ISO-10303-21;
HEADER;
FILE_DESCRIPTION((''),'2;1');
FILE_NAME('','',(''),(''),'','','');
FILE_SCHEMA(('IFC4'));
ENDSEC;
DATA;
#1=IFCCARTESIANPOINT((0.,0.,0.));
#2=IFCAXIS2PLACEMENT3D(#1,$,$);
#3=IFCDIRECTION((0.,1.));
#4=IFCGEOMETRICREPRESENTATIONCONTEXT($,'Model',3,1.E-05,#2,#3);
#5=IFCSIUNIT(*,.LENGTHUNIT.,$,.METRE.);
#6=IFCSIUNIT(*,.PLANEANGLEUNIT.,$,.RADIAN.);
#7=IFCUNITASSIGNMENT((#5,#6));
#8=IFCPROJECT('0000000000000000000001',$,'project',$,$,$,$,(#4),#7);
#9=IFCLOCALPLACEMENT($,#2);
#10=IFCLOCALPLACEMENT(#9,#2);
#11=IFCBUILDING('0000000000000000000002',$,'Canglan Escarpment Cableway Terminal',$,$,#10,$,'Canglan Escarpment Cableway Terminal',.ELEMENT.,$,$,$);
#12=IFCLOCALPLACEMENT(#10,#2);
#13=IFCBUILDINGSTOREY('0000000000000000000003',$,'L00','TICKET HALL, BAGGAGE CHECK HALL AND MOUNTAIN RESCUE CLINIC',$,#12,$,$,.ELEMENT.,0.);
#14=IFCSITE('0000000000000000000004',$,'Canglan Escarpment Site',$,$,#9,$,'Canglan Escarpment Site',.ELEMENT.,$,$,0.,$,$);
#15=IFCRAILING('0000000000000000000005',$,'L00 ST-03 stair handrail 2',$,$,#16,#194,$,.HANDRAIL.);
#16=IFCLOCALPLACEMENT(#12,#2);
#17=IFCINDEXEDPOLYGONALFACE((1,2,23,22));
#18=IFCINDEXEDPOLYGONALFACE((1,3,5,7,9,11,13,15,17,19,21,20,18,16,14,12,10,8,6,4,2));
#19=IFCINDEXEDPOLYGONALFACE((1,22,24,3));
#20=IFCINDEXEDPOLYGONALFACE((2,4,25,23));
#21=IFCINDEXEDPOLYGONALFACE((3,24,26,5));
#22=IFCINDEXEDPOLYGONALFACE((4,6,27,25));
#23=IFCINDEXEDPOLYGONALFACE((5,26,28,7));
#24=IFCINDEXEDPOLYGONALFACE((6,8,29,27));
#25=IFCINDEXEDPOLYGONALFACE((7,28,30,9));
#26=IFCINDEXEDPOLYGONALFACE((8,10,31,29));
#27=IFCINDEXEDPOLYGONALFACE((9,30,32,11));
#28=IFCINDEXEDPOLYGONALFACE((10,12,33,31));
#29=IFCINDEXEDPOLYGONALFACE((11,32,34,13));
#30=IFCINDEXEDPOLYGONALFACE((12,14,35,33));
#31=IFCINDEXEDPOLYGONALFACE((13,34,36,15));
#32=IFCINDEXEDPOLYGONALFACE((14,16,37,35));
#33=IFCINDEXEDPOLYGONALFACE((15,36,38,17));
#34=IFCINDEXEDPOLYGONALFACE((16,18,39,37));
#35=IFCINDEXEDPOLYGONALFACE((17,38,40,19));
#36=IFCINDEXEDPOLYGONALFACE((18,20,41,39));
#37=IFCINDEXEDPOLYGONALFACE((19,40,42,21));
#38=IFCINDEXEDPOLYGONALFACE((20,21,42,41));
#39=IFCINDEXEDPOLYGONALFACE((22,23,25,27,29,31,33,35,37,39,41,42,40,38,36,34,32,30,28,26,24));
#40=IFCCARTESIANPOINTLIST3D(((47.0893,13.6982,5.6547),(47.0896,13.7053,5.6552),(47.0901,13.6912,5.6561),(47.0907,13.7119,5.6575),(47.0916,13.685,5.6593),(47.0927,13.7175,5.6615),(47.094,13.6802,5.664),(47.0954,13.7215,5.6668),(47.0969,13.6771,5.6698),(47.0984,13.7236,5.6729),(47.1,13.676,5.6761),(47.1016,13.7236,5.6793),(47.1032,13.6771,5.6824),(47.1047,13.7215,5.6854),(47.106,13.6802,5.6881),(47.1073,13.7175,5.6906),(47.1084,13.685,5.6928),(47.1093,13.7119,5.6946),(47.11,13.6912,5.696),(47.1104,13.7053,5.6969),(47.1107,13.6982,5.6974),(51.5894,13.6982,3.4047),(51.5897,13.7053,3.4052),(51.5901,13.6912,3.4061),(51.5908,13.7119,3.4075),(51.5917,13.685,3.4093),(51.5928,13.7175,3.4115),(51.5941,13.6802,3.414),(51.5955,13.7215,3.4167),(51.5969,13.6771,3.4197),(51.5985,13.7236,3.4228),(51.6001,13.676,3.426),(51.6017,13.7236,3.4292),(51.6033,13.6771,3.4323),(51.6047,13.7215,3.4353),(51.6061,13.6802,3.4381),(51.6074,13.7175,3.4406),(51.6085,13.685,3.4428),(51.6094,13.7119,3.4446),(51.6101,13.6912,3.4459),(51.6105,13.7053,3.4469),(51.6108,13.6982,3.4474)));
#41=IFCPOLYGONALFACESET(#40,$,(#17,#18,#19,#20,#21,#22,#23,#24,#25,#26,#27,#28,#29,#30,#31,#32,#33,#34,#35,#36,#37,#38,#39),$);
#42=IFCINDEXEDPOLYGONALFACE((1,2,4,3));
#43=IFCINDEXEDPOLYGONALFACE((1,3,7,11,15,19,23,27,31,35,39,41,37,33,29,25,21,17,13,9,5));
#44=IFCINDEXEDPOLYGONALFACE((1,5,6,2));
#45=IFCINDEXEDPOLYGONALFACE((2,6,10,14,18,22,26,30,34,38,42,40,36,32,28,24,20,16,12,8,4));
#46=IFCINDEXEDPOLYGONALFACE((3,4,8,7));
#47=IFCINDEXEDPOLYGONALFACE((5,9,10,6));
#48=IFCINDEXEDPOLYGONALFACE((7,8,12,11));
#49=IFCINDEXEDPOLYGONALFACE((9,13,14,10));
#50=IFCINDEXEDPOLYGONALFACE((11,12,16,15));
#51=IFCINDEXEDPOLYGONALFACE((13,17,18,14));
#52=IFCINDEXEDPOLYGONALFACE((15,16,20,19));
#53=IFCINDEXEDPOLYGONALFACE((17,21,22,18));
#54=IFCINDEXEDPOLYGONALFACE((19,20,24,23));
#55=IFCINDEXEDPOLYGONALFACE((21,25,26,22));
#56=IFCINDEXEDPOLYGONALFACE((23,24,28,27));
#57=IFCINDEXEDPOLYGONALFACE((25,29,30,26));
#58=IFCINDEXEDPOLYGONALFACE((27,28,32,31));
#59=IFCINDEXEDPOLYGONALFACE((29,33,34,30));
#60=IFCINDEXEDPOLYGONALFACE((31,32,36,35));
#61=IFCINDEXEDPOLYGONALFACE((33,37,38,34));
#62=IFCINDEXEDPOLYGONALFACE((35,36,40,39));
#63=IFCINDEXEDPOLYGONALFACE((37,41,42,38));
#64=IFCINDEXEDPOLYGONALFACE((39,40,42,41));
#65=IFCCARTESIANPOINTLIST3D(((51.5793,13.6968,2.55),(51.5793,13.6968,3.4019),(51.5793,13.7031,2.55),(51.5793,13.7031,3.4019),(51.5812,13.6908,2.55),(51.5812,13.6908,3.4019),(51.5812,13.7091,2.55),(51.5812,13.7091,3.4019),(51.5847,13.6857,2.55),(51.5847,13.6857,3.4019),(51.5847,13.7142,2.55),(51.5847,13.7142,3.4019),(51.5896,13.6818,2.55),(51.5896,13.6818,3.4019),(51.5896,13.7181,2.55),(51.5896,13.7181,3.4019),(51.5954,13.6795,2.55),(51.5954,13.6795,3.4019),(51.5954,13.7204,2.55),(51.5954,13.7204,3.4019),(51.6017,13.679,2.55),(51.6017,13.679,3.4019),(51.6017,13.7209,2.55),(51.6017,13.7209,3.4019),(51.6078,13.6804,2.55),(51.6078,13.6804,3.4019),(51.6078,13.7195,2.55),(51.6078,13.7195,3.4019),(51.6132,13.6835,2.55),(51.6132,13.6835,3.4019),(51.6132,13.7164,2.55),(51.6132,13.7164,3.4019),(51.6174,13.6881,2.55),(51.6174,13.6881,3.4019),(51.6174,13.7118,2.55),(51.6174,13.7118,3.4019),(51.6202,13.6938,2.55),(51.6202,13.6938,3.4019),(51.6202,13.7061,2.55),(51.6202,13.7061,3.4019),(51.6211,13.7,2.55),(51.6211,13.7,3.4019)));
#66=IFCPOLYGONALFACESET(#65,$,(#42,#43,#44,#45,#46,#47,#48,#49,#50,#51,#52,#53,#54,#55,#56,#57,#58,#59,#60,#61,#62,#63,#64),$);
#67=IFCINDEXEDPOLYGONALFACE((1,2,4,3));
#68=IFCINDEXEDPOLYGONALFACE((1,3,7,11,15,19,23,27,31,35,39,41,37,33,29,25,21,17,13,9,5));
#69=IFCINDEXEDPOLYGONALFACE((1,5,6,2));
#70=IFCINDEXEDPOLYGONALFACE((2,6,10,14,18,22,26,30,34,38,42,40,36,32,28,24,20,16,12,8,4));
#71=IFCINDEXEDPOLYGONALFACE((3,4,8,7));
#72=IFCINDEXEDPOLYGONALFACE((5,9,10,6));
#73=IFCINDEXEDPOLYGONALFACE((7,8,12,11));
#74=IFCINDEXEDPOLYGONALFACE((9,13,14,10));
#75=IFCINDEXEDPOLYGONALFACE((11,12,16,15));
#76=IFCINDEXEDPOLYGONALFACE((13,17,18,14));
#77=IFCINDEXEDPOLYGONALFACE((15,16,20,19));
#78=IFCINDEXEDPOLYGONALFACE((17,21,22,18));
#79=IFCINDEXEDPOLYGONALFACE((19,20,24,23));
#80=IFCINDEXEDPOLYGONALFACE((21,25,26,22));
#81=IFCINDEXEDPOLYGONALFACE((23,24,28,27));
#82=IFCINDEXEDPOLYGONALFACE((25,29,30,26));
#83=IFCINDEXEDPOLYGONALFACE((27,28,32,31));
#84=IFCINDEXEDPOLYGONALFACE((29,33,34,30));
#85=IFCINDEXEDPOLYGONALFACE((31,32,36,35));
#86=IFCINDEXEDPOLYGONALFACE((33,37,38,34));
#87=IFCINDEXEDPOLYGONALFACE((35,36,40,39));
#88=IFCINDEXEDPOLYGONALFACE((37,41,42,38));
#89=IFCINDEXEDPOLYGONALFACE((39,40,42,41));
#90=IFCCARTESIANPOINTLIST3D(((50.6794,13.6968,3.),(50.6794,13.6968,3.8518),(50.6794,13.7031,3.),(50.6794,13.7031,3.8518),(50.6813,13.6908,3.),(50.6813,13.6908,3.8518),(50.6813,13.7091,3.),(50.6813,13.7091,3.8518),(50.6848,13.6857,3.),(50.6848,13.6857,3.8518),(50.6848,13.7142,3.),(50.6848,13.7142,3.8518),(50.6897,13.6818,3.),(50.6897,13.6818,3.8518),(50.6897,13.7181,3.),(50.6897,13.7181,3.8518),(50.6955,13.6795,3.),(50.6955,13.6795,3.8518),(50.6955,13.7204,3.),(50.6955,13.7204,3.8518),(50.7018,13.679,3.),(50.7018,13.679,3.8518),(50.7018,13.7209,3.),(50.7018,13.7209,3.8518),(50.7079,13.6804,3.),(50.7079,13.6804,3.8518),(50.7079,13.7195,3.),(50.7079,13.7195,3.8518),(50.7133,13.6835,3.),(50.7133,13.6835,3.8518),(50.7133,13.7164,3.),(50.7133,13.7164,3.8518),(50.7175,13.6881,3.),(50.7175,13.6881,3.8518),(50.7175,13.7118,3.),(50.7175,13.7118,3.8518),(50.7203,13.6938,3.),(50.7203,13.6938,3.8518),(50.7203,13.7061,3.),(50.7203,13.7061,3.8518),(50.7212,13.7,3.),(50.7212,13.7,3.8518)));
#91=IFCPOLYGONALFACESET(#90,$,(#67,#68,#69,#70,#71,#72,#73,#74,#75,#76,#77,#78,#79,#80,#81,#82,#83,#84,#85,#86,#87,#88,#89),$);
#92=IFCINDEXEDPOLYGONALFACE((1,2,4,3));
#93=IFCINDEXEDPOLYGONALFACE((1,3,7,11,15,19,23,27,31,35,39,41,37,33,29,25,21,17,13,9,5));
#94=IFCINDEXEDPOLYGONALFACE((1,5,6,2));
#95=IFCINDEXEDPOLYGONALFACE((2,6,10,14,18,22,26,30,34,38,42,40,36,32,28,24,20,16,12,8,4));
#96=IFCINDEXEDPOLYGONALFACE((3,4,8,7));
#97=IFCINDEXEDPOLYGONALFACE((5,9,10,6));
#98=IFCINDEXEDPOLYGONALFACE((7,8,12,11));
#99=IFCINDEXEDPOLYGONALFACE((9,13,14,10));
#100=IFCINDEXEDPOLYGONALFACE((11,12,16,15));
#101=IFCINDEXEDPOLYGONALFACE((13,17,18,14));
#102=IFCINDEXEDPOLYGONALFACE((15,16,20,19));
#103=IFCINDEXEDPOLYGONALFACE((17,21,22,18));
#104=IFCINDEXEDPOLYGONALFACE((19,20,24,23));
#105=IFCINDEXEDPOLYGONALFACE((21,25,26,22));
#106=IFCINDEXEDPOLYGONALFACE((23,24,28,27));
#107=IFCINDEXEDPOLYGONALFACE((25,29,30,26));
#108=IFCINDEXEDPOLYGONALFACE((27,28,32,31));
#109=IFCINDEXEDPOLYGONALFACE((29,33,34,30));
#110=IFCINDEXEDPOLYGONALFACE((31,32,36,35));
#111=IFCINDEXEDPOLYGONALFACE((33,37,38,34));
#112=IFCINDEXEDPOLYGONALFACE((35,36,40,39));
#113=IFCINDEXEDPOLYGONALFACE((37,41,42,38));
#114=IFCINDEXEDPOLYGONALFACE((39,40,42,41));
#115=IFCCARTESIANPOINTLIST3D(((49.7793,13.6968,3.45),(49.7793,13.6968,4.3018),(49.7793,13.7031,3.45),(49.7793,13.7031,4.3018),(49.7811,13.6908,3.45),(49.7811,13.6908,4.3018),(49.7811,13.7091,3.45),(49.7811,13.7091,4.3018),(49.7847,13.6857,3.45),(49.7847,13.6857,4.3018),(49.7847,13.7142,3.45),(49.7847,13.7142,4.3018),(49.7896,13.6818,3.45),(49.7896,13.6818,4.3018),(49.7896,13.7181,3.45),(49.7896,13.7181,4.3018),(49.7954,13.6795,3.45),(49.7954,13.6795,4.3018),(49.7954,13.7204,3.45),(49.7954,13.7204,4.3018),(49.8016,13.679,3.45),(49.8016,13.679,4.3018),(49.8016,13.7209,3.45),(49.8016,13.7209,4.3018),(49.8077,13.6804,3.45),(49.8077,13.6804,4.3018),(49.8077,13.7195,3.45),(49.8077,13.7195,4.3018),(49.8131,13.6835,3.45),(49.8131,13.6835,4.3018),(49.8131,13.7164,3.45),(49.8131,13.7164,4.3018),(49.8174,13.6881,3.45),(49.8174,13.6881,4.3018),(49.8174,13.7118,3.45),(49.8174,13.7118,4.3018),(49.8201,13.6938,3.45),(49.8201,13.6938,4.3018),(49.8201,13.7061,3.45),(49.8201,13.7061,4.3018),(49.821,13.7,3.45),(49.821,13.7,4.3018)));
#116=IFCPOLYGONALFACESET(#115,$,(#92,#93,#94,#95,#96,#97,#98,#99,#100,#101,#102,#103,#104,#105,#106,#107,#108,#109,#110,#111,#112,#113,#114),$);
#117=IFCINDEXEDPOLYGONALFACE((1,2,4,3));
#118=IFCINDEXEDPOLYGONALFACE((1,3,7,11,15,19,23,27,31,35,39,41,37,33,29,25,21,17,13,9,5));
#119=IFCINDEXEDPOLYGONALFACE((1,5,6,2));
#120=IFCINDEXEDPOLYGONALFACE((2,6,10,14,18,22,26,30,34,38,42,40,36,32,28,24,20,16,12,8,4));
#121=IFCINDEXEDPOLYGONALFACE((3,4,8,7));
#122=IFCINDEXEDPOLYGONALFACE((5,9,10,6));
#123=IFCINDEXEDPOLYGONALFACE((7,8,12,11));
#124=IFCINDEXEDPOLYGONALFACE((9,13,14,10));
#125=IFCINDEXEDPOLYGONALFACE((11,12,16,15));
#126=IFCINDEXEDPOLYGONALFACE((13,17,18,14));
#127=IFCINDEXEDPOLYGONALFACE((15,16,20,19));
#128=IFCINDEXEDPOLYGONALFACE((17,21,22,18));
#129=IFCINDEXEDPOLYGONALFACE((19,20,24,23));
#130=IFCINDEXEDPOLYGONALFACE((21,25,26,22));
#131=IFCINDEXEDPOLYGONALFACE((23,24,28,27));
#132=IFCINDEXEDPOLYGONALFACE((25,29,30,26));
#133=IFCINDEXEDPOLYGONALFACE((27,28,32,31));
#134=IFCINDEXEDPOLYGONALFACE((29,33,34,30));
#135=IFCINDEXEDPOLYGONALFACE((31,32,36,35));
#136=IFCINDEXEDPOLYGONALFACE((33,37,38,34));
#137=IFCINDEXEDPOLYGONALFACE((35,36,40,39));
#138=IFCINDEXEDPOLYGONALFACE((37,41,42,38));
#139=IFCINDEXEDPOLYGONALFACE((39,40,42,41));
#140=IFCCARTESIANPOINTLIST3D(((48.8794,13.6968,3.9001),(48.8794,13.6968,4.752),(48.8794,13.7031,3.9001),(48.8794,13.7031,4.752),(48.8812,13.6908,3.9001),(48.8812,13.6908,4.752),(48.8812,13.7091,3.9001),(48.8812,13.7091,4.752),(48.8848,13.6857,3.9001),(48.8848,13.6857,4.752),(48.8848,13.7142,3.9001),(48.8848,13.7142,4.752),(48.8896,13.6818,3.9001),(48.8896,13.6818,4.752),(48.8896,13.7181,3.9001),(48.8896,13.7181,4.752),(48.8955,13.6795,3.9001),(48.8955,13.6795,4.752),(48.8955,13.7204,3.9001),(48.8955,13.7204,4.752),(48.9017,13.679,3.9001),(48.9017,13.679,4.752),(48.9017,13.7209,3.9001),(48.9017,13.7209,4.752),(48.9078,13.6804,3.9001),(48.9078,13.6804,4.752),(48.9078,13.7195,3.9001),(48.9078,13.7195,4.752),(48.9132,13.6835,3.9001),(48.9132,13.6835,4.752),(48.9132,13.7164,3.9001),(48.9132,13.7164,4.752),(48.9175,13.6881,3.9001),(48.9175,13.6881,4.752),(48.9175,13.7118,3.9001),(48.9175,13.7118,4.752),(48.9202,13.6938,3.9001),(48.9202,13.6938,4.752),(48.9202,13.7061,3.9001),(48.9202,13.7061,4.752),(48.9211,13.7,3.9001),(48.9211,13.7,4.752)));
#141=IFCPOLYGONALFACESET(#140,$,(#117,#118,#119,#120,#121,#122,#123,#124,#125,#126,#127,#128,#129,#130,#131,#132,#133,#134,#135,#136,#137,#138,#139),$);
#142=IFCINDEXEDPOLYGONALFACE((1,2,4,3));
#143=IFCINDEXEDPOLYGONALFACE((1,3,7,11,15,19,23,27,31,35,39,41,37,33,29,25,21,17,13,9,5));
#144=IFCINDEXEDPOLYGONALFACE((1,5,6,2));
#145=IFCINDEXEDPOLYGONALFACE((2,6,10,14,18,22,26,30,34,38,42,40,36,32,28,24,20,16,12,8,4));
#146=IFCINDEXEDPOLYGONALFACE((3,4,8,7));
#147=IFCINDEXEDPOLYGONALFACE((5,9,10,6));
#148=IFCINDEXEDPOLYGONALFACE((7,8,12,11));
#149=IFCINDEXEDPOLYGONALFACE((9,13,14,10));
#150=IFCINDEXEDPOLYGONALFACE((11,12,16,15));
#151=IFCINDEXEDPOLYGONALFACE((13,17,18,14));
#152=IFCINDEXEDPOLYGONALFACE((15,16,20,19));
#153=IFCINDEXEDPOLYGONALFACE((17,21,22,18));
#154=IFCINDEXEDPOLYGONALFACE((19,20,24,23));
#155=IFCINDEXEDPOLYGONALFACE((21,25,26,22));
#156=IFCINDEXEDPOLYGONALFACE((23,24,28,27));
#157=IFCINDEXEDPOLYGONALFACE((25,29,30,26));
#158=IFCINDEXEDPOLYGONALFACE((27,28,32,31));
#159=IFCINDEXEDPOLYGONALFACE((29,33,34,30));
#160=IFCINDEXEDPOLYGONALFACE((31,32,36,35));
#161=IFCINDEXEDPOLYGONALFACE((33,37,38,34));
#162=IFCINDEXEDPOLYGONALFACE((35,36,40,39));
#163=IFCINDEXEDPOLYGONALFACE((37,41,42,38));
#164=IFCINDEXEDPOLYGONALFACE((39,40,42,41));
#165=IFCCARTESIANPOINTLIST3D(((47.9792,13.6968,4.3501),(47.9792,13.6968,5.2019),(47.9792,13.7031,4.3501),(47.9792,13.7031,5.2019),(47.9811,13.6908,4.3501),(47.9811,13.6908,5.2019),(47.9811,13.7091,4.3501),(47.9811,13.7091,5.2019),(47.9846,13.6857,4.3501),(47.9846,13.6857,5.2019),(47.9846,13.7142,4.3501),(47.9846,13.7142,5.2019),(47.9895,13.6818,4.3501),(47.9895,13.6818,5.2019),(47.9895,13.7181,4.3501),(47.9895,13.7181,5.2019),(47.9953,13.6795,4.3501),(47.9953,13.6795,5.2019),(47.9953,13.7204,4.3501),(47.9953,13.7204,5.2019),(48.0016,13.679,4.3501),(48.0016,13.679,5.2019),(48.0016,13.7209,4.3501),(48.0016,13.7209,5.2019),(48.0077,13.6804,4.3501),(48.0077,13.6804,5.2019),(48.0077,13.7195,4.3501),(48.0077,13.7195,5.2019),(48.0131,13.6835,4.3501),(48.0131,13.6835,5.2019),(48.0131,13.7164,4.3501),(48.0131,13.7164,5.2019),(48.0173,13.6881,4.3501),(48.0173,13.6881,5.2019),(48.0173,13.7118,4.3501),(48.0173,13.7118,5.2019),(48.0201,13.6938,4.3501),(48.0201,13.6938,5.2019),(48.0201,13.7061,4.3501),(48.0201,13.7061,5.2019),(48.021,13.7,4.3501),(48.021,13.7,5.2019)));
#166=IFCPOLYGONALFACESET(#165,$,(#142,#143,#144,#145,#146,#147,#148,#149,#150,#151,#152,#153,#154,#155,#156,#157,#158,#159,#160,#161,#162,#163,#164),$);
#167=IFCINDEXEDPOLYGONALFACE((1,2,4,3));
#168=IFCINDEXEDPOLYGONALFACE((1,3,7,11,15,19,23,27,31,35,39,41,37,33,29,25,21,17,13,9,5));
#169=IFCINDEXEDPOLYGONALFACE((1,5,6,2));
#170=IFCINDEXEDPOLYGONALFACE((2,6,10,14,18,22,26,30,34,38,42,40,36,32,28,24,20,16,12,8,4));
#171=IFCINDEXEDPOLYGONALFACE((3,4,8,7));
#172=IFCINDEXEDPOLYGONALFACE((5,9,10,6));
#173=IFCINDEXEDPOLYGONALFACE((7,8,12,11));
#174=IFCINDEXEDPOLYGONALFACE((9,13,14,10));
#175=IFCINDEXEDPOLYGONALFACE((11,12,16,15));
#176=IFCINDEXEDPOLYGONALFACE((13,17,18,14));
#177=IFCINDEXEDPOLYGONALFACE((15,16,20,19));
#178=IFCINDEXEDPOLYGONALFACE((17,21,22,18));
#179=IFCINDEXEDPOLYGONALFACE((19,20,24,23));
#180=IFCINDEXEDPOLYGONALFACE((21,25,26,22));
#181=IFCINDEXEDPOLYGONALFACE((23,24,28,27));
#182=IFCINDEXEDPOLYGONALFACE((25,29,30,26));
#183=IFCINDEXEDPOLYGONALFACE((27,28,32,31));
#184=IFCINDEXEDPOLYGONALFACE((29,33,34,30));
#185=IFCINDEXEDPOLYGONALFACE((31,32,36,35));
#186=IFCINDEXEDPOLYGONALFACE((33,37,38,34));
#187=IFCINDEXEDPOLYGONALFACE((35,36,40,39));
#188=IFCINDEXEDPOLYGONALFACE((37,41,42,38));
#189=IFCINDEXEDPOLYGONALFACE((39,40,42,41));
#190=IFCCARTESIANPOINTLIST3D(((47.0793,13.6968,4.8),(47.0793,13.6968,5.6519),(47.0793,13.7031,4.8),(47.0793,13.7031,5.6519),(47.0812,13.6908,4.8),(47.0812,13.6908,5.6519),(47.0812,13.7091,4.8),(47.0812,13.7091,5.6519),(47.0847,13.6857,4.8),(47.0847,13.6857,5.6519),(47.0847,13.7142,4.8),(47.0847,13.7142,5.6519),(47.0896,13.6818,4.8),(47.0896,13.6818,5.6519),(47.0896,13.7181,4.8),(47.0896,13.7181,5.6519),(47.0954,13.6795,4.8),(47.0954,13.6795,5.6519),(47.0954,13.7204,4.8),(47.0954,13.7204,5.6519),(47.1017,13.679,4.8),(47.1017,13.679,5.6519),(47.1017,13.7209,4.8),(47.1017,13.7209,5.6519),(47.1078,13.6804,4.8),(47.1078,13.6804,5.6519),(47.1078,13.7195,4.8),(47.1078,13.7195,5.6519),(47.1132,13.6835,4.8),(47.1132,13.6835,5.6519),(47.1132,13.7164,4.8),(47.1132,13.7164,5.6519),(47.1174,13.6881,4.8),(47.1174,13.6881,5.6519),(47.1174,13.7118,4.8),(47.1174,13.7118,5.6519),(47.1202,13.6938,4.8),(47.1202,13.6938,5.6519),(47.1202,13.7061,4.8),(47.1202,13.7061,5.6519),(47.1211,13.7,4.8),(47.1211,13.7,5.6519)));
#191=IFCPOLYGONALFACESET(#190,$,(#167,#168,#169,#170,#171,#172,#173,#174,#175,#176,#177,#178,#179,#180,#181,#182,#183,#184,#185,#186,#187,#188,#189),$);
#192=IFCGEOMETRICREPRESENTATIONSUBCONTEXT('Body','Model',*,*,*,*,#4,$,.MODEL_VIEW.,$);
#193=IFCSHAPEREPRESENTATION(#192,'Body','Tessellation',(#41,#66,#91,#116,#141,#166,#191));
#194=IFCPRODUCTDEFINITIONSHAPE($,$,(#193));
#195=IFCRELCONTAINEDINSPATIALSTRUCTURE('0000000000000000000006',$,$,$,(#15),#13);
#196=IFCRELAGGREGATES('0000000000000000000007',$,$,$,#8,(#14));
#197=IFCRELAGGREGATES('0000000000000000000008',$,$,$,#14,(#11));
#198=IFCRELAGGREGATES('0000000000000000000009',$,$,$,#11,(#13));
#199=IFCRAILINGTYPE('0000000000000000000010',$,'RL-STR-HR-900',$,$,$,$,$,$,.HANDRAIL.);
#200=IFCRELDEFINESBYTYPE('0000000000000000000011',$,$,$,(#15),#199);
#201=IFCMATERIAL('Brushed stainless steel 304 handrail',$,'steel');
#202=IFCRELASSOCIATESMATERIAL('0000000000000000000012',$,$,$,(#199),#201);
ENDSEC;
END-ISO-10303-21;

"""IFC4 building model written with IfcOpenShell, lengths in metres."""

from ifc_helpers import new_model, si_unit, direction, frame, origin, origin_2d, place, context, subcontext, project, spatial, circle, extrude, material, type_object, element, save


model = new_model("IFC4")

# Units and contexts
model_context = context("Model", 3, precision=1e-05, world=origin(), true_north=direction((0.0, 1.0)))
body_context = subcontext(model_context, "Body", "Model", "MODEL_VIEW")
ifc_project = project(units=[si_unit("LENGTHUNIT", "METRE"), si_unit("PLANEANGLEUNIT", "RADIAN")], contexts=[model_context])

# Site, building, storey
site_placement = place(None, origin())
site = spatial("IfcSite", under=ifc_project, at=site_placement, Name="Canglan Escarpment Site", LongName="Canglan Escarpment Site", CompositionType="ELEMENT", RefElevation=0.0)
building_placement = place(site_placement, origin())
building = spatial("IfcBuilding", under=site, at=building_placement, Name="Canglan Escarpment Cableway Terminal", LongName="Canglan Escarpment Cableway Terminal", CompositionType="ELEMENT")
storey_placement = place(building_placement, origin())
storey = spatial("IfcBuildingStorey", under=building, at=storey_placement, Name="L00", Description="TICKET HALL, BAGGAGE CHECK HALL AND MOUNTAIN RESCUE CLINIC", CompositionType="ELEMENT", Elevation=0.0)

# Railing
ifc_material_1 = material(Name="Brushed stainless steel 304 handrail", Category="steel")
railing_type_1 = type_object("IfcRailingType", Name="RL-STR-HR-900", PredefinedType="HANDRAIL", material=ifc_material_1)
railing_1_placement = place(storey_placement, frame((51.6001, 13.7, 2.55)))
element("IfcRailing", 1, at=railing_1_placement, inside=storey, type_object=railing_type_1, Name="L00 ST-03 stair handrail 2", PredefinedType="HANDRAIL", context=body_context, shape_type="SweptSolid", body=[
    extrude(circle(Radius=0.0239, at=origin_2d()), frame((0.0, 0.0, 0.876), z_axis=(-0.894427, 0.0, 0.447214), x_axis=(0.0, -1.0, 0.0)), (0.0, 0.0, 1.0), 5.0312),
    extrude(circle(Radius=0.021, at=origin_2d()), origin(), (0.0, 0.0, 1.0), 0.8518),
    extrude(circle(Radius=0.021, at=origin_2d()), frame((-0.8999, 0.0, 0.45)), (0.0, 0.0, 1.0), 0.8518),
    extrude(circle(Radius=0.021, at=origin_2d()), frame((-1.8, 0.0, 0.8999)), (0.0, 0.0, 1.0), 0.8518),
    extrude(circle(Radius=0.021, at=origin_2d()), frame((-2.7, 0.0, 1.3501)), (0.0, 0.0, 1.0), 0.8518),
    extrude(circle(Radius=0.021, at=origin_2d()), frame((-3.6001, 0.0, 1.8)), (0.0, 0.0, 1.0), 0.8518),
    extrude(circle(Radius=0.021, at=origin_2d()), frame((-4.5, 0.0, 2.25)), (0.0, 0.0, 1.0), 0.8518),
])

save(model, "model.ifc")
